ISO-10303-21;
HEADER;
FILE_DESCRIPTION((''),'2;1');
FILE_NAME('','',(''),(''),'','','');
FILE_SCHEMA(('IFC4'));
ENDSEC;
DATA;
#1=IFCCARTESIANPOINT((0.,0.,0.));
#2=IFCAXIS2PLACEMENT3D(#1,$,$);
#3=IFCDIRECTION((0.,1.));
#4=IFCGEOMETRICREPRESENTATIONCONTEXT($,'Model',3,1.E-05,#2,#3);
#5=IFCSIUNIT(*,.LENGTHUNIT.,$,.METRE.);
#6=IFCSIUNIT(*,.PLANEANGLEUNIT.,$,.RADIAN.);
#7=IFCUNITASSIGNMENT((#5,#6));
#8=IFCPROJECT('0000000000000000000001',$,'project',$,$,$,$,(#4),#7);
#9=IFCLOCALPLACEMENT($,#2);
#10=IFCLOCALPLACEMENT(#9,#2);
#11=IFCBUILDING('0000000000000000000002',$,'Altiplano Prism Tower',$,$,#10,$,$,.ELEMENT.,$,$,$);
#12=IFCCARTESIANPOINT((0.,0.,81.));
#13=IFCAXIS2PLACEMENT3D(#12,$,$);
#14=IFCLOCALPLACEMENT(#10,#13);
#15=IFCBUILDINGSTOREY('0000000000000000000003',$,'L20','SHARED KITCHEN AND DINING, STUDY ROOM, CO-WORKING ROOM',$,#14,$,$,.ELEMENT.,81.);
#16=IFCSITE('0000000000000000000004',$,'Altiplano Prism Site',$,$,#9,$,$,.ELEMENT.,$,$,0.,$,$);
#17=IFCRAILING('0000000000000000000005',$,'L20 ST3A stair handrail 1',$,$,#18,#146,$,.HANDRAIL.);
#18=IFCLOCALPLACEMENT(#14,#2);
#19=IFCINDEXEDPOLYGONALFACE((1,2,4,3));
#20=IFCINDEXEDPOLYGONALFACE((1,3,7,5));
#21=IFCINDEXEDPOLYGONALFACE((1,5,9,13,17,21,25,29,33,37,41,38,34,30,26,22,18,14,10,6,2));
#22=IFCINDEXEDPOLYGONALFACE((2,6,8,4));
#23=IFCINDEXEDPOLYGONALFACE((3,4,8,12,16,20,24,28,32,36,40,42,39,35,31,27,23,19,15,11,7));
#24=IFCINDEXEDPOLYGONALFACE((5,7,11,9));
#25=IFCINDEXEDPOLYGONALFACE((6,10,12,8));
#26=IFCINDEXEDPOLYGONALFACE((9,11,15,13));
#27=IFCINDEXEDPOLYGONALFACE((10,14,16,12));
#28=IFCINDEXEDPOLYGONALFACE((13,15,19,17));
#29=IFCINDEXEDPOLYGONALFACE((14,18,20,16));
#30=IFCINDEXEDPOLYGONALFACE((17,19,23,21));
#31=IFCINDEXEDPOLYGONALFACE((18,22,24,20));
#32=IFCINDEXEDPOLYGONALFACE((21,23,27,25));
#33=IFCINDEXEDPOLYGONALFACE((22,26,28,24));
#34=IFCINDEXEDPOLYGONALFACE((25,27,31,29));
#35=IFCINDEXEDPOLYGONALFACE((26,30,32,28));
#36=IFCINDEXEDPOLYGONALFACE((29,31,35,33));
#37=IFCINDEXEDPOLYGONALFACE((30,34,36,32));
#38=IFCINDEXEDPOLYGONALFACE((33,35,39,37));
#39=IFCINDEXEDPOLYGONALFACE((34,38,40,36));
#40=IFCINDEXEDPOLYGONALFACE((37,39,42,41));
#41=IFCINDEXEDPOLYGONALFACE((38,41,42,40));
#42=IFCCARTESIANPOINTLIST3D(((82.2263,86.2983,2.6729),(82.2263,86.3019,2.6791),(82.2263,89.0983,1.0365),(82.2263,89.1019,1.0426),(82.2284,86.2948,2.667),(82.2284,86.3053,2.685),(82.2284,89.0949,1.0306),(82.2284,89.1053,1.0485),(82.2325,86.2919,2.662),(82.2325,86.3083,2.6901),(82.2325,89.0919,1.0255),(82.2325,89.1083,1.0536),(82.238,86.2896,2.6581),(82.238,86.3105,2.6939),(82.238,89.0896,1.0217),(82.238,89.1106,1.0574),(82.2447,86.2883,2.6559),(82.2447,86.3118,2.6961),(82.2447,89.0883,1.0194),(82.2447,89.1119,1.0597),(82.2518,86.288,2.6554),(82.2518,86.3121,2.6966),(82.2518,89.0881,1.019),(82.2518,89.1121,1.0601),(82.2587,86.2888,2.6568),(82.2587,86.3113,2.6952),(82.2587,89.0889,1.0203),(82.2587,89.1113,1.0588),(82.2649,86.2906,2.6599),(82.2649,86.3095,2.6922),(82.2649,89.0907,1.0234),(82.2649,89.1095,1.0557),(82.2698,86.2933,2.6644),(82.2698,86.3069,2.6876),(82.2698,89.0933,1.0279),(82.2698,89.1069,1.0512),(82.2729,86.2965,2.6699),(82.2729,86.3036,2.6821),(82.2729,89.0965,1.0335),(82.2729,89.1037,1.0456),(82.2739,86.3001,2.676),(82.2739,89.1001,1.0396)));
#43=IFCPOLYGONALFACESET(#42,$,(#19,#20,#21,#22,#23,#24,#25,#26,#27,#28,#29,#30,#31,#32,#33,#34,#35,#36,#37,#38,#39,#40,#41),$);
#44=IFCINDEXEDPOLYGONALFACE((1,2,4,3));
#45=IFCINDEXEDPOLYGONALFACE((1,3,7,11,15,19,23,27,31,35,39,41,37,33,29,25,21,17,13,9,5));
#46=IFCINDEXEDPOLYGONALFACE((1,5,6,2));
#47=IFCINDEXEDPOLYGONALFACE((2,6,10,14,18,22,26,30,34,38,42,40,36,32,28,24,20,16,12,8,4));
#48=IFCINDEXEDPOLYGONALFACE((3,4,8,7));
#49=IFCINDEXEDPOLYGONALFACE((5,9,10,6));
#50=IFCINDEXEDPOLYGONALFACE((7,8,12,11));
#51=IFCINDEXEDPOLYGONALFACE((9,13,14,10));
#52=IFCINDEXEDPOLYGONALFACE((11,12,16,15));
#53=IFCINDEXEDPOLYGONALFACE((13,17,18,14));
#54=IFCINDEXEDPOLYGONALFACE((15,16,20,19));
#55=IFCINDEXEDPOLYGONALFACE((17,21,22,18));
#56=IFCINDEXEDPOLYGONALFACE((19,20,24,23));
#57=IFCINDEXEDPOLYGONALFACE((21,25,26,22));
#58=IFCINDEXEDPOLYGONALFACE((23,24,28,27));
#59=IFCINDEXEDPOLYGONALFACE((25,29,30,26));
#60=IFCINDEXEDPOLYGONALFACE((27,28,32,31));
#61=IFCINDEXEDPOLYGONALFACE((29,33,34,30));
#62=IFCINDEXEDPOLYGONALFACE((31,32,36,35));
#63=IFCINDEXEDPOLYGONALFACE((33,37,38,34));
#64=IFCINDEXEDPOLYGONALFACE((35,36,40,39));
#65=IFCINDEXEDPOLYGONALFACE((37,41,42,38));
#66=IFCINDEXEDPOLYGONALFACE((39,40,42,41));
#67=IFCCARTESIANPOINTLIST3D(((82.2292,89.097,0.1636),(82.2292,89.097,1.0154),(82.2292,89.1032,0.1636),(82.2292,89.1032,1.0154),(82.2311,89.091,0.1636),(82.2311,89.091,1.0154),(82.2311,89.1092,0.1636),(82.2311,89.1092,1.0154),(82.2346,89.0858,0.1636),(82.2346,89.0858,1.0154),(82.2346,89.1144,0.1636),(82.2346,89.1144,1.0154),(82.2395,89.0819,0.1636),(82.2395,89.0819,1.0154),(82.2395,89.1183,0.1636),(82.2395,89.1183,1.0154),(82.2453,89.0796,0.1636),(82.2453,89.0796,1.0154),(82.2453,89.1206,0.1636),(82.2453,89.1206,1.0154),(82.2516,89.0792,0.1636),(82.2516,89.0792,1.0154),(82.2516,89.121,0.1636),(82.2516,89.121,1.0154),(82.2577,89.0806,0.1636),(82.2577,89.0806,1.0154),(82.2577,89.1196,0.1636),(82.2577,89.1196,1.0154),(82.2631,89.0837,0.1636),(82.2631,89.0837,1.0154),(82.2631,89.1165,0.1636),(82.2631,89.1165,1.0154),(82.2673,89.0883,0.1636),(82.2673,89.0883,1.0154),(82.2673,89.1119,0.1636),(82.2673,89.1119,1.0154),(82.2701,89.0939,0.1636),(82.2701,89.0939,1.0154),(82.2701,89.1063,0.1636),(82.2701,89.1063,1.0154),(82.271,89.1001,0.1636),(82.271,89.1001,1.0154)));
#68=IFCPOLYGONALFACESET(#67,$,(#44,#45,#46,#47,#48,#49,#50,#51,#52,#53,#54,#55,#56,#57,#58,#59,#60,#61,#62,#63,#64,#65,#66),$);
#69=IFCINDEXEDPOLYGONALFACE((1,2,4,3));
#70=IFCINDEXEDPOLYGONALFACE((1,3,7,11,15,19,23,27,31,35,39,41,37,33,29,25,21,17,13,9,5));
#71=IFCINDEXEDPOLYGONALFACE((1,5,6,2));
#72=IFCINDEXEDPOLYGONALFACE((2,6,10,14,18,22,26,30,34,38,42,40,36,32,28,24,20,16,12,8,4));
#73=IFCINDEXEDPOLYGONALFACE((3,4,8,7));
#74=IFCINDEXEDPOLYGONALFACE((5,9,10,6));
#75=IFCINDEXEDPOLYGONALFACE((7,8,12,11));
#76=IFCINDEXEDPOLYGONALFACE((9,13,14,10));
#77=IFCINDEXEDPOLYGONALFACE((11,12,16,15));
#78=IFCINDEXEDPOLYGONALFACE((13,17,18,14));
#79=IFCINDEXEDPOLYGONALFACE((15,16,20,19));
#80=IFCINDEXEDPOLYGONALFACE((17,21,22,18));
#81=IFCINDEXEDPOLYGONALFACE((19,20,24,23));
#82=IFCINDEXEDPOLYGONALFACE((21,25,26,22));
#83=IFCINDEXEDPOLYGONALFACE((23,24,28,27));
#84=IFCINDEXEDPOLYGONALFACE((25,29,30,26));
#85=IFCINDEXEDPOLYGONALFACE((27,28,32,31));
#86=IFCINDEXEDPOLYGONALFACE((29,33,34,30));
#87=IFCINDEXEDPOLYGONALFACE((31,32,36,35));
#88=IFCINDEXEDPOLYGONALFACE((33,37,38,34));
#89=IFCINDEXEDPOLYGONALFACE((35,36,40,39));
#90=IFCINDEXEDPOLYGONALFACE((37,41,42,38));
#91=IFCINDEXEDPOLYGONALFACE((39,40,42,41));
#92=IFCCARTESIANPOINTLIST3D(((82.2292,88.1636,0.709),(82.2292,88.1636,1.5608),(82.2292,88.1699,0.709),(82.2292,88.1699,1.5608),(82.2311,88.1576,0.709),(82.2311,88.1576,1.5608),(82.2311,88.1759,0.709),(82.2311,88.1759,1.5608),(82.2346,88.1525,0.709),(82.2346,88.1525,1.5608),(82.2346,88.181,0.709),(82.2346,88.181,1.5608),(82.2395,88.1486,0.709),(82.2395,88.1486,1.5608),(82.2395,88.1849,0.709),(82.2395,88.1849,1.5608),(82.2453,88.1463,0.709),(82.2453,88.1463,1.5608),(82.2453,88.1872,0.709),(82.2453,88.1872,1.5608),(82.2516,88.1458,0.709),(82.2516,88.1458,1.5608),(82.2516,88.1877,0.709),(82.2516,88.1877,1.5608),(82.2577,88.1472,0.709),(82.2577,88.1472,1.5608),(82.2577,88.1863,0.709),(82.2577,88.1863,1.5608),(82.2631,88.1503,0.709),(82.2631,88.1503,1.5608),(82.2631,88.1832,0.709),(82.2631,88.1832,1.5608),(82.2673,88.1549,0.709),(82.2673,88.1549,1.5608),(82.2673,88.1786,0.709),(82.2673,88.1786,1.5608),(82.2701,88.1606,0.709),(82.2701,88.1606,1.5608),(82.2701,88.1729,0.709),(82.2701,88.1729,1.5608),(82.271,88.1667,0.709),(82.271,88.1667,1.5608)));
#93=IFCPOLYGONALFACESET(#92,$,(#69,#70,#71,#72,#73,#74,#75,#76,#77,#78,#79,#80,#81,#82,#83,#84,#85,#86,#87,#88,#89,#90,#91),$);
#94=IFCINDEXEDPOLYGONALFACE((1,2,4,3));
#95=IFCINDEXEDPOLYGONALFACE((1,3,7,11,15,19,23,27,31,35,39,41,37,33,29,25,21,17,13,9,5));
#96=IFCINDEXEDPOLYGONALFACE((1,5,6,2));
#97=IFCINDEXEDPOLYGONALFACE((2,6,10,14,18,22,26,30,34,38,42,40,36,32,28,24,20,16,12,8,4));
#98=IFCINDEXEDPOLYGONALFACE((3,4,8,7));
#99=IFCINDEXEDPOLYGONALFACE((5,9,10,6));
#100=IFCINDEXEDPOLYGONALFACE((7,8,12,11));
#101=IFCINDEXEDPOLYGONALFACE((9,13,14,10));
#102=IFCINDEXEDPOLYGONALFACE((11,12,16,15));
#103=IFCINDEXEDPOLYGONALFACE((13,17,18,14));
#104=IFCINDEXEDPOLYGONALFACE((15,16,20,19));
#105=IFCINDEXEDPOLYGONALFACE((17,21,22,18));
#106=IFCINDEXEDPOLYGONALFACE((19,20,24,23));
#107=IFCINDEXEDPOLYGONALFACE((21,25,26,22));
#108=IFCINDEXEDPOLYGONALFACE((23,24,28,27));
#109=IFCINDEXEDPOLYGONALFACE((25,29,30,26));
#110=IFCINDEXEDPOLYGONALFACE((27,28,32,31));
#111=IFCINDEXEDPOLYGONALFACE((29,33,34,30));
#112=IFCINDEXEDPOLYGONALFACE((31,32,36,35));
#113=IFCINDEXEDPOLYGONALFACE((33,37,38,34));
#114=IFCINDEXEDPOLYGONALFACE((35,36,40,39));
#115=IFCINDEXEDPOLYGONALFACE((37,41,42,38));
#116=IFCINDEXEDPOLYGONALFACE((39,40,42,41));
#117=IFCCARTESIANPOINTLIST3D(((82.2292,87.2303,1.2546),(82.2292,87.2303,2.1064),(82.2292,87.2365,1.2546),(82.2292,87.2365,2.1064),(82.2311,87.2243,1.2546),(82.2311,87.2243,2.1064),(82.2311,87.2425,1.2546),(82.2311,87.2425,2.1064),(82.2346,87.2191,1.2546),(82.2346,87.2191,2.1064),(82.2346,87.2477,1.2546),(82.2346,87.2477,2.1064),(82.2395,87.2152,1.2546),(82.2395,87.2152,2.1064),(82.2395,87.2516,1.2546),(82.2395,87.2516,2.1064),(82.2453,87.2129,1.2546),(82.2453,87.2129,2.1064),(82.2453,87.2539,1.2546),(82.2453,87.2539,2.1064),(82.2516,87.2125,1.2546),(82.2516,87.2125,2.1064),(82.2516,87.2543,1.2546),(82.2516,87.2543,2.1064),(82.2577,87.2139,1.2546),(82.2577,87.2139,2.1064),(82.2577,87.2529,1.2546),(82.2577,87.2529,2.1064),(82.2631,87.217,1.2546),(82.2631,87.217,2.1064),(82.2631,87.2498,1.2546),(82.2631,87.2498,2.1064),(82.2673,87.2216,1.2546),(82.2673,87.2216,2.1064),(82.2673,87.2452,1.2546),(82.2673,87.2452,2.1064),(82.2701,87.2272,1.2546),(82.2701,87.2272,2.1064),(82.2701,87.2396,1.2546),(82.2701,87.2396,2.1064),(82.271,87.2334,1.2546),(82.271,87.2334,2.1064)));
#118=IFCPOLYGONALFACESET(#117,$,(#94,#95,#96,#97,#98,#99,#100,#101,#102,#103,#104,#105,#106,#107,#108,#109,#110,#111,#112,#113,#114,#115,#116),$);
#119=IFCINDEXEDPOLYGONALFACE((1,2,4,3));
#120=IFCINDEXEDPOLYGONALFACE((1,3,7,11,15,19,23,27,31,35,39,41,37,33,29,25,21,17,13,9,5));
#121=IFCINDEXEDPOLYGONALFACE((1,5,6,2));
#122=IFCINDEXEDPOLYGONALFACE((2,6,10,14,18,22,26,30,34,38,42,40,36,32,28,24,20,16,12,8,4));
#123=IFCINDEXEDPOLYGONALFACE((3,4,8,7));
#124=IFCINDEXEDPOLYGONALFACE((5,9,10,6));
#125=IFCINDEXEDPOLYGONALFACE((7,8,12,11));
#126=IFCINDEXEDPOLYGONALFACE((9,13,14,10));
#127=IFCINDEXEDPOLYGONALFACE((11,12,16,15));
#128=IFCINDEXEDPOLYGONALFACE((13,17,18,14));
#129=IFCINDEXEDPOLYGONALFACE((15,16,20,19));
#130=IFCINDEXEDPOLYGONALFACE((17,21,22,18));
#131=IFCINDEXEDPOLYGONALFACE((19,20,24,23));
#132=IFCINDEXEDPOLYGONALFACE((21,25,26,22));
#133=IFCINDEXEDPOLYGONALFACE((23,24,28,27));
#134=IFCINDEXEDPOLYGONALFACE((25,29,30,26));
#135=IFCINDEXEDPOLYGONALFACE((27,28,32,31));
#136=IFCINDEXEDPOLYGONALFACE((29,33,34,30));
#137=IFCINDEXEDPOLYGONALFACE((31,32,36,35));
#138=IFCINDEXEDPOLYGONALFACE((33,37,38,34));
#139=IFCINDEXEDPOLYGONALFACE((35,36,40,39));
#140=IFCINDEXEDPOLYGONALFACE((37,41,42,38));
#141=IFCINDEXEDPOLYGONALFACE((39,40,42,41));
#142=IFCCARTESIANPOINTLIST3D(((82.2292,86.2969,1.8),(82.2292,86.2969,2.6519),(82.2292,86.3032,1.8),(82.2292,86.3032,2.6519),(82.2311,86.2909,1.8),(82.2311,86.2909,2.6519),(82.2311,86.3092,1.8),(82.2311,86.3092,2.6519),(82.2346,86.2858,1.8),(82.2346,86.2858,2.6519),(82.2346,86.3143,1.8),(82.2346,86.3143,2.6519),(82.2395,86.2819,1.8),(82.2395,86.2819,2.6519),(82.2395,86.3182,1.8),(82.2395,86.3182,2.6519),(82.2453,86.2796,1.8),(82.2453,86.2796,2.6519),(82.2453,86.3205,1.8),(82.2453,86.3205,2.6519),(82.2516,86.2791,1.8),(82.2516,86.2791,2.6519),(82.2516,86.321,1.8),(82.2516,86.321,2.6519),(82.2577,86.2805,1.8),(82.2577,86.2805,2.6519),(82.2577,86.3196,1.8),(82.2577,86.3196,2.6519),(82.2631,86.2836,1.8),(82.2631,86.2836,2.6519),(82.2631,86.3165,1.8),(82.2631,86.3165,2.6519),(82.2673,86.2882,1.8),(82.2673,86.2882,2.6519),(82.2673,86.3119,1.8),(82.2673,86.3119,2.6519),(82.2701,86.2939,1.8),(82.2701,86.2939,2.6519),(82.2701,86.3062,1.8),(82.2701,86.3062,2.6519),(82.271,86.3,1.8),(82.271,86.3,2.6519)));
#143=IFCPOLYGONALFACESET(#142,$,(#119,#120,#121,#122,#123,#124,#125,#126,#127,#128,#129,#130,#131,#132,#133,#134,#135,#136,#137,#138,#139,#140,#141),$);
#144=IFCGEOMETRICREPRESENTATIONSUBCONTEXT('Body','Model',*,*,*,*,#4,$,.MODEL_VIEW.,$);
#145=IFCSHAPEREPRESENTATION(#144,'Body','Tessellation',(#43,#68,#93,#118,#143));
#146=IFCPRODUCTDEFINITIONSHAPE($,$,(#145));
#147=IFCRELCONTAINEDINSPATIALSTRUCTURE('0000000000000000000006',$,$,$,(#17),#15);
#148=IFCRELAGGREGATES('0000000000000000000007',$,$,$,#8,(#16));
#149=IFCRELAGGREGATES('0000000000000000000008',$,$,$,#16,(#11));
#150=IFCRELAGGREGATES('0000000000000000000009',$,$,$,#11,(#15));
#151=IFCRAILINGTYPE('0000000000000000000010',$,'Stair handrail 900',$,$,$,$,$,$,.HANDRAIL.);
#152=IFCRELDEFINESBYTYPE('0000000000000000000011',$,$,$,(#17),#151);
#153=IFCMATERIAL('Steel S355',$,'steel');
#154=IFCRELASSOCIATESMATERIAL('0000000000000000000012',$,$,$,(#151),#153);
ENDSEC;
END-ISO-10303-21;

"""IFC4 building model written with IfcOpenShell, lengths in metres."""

from ifc_helpers import new_model, si_unit, direction, frame, origin, origin_2d, place, context, subcontext, project, spatial, circle, extrude, material, type_object, element, save


model = new_model("IFC4")

# Units and contexts
model_context = context("Model", 3, precision=1e-05, world=origin(), true_north=direction((0.0, 1.0)))
body_context = subcontext(model_context, "Body", "Model", "MODEL_VIEW")
ifc_project = project(units=[si_unit("LENGTHUNIT", "METRE"), si_unit("PLANEANGLEUNIT", "RADIAN")], contexts=[model_context])

# Site, building, storey
site_placement = place(None, origin())
site = spatial("IfcSite", under=ifc_project, at=site_placement, Name="Altiplano Prism Site", CompositionType="ELEMENT", RefElevation=0.0)
building_placement = place(site_placement, origin())
building = spatial("IfcBuilding", under=site, at=building_placement, Name="Altiplano Prism Tower", CompositionType="ELEMENT")
storey_placement = place(building_placement, frame((0.0, 0.0, 81.0)))
storey = spatial("IfcBuildingStorey", under=building, at=storey_placement, Name="L20", Description="SHARED KITCHEN AND DINING, STUDY ROOM, CO-WORKING ROOM", CompositionType="ELEMENT", Elevation=81.0)

# Railing
ifc_material_1 = material(Name="Steel S355", Category="steel")
railing_type_1 = type_object("IfcRailingType", Name="Stair handrail 900", PredefinedType="HANDRAIL", material=ifc_material_1)
for number, where, name in (
    (1, (82.25, 89.1001, 0.1636), "L20 ST3A stair handrail 1"),
):
    element("IfcRailing", number, at=place(storey_placement, frame(where)), inside=storey, type_object=railing_type_1, Name=name, PredefinedType="HANDRAIL", context=body_context, shape_type="SweptSolid", body=[
        extrude(circle(Radius=0.0239, at=origin_2d()), frame((0.0, 0.0, 0.876), z_axis=(0.0, -0.863361, 0.504587), x_axis=(1.0, 0.0, 0.0)), (0.0, 0.0, 1.0), 3.2432),
        extrude(circle(Radius=0.021, at=origin_2d()), origin(), (0.0, 0.0, 1.0), 0.8518),
        extrude(circle(Radius=0.021, at=origin_2d()), frame((0.0, -0.9333, 0.5454)), (0.0, 0.0, 1.0), 0.8518),
        extrude(circle(Radius=0.021, at=origin_2d()), frame((0.0, -1.8667, 1.0911)), (0.0, 0.0, 1.0), 0.8518),
        extrude(circle(Radius=0.021, at=origin_2d()), frame((0.0, -2.8, 1.6365)), (0.0, 0.0, 1.0), 0.8518),
    ])

save(model, "model.ifc")
